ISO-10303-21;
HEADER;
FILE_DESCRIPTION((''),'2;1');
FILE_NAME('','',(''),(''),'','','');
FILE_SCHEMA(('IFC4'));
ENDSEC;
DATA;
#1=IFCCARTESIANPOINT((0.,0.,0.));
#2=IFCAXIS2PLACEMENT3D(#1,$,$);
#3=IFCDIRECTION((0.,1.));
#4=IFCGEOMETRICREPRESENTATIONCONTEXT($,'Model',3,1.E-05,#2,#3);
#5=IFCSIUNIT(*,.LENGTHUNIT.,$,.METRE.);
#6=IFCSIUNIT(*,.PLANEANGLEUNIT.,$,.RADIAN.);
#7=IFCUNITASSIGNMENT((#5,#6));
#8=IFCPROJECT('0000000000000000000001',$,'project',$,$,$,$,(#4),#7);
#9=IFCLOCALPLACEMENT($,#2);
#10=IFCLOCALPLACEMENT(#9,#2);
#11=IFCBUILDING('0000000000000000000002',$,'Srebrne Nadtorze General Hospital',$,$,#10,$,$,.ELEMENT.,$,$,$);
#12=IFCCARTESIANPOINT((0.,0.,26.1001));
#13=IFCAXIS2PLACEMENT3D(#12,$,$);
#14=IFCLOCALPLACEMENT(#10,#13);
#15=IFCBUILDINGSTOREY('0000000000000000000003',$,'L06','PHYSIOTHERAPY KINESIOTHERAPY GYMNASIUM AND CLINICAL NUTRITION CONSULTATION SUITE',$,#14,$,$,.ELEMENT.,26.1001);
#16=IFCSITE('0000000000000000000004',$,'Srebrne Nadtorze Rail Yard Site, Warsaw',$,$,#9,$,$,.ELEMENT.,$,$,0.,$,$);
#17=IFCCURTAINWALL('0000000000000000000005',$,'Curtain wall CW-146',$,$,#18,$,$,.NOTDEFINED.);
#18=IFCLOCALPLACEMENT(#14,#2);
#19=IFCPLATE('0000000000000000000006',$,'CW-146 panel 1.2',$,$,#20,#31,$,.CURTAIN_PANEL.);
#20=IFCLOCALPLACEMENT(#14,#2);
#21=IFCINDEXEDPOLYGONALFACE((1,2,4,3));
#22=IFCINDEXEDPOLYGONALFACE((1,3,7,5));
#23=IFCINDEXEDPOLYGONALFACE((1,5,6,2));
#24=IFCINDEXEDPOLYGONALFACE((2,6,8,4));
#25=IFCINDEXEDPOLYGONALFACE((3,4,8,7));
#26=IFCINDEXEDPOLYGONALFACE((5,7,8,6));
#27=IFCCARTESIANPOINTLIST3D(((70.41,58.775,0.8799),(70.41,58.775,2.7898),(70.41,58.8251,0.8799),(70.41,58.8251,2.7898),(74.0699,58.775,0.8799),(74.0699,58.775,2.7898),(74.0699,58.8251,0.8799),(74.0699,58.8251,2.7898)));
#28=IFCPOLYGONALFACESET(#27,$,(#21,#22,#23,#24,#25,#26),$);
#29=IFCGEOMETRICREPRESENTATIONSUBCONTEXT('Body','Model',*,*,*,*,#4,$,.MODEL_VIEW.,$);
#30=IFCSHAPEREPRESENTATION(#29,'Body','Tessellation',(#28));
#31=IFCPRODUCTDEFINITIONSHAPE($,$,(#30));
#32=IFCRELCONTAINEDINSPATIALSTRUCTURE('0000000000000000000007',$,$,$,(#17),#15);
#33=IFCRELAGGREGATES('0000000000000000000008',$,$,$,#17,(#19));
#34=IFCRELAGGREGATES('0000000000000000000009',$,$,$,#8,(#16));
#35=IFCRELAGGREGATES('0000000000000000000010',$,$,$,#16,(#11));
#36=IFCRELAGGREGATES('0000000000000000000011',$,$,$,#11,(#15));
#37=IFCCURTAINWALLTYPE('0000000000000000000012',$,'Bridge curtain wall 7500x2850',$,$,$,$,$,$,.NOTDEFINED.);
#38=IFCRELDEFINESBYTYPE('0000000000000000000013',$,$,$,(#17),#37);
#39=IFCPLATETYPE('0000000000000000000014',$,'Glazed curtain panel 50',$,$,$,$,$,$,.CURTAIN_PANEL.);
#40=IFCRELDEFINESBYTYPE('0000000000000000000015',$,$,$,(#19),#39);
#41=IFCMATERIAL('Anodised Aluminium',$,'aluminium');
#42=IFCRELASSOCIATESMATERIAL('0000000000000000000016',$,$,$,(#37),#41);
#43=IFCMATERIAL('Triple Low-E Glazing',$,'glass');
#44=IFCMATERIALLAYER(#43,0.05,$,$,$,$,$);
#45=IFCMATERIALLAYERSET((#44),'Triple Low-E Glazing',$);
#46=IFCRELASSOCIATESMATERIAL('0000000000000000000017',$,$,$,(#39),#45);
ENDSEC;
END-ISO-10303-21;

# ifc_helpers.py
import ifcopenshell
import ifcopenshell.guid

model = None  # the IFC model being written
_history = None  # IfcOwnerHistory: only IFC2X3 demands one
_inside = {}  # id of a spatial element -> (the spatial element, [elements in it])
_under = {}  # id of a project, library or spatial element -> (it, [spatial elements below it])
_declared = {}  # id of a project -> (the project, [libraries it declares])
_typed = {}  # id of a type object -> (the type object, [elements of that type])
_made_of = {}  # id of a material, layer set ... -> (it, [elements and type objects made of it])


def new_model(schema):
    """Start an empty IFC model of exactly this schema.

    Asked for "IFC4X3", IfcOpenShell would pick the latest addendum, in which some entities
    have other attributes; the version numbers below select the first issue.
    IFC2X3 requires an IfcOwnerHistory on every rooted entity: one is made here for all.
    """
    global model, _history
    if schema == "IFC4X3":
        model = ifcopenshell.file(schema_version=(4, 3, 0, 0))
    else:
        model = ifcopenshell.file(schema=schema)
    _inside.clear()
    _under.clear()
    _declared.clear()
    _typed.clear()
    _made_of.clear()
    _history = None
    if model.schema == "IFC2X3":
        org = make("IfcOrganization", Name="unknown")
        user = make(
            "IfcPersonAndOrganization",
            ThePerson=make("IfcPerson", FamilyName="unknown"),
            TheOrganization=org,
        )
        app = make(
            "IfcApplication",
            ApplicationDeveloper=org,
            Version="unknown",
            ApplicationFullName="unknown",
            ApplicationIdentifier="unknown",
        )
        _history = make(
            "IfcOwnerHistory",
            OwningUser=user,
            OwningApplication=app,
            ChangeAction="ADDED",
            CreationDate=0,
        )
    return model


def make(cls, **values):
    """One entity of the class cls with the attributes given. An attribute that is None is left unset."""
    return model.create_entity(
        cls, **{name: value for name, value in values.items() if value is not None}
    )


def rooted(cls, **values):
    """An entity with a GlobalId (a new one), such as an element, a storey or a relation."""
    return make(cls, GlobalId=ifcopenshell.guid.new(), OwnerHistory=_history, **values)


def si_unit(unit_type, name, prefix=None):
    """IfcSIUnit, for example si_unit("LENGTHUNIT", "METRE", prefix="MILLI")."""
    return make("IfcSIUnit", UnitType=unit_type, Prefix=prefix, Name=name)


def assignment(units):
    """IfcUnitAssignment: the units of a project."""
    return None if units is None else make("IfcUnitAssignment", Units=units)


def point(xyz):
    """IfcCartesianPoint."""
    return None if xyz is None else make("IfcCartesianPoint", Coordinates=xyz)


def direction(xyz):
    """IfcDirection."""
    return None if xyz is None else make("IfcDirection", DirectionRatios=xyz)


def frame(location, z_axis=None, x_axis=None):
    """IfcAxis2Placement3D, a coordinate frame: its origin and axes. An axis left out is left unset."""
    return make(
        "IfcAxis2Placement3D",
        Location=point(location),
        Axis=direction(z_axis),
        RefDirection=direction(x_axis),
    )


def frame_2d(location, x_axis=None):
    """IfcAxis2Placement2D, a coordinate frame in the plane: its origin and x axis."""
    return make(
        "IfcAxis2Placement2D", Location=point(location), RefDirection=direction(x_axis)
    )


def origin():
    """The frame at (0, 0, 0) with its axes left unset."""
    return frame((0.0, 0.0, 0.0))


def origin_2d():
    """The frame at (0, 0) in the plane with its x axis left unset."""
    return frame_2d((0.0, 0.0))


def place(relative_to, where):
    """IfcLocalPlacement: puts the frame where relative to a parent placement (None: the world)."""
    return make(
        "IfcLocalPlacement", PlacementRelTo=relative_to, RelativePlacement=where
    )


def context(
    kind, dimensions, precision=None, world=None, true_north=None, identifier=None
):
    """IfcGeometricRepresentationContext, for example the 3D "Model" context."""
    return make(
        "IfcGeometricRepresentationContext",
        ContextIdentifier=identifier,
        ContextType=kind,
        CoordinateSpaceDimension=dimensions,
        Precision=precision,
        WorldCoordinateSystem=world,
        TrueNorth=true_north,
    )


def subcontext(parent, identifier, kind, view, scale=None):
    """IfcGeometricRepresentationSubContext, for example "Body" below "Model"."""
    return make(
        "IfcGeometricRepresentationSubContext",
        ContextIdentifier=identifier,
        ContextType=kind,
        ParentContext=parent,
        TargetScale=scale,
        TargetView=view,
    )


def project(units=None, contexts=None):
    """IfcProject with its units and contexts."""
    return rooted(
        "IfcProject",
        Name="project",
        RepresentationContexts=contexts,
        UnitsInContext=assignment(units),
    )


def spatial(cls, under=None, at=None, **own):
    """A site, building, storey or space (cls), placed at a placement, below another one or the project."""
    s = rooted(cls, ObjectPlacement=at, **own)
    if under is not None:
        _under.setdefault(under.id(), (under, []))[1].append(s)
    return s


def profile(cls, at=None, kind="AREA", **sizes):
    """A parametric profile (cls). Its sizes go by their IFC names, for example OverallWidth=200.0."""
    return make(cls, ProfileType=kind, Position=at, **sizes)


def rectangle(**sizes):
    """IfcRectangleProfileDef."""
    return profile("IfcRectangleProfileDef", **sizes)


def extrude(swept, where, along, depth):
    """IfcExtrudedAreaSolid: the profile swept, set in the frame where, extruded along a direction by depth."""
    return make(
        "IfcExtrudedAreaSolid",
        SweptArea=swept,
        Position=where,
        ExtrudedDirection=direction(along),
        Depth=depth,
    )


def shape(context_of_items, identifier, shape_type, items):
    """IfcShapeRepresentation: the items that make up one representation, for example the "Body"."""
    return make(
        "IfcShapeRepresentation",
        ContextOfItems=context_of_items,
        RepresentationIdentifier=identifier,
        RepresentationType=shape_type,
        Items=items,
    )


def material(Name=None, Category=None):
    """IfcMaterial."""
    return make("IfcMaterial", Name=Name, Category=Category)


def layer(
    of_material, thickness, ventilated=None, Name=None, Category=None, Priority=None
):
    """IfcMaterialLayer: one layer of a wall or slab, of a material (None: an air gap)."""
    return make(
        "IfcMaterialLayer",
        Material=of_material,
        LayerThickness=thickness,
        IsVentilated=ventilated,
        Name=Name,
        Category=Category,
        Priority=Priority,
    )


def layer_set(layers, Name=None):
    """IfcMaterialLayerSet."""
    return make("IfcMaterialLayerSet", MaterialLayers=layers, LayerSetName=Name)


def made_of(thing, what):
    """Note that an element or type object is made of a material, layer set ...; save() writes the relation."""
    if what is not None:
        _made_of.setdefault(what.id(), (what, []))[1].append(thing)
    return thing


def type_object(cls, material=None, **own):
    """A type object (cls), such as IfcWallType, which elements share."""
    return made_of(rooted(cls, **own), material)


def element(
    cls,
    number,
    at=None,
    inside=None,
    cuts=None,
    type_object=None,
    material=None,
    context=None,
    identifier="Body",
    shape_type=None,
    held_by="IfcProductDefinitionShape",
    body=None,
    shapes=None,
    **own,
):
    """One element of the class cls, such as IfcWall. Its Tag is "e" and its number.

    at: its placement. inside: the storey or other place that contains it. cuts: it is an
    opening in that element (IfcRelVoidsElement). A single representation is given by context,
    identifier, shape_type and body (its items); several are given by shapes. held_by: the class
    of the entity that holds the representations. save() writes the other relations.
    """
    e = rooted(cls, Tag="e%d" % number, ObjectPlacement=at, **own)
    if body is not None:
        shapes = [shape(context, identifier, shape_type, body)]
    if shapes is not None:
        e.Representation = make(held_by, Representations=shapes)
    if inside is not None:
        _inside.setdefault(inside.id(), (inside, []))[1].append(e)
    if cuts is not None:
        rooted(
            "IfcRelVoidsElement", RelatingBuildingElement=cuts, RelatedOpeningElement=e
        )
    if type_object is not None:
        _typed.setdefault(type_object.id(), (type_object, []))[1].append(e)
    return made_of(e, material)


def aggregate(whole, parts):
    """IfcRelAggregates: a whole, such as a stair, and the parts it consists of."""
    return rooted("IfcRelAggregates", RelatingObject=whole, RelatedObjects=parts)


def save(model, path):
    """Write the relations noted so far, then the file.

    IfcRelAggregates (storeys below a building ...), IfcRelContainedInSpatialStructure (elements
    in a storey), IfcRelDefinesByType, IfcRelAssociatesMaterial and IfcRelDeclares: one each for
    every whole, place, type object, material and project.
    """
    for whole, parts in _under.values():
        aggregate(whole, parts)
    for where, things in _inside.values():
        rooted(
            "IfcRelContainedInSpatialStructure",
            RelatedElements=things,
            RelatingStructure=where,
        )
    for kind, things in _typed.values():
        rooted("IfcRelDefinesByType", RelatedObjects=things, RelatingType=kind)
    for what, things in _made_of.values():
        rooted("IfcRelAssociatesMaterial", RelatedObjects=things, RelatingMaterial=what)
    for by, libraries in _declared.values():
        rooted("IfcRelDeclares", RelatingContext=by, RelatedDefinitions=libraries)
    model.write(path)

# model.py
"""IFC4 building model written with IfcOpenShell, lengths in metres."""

from ifc_helpers import new_model, si_unit, direction, frame, origin, origin_2d, place, context, subcontext, project, spatial, rectangle, extrude, material, layer, layer_set, type_object, element, aggregate, save


model = new_model("IFC4")

# Units and contexts
model_context = context("Model", 3, precision=1e-05, world=origin(), true_north=direction((0.0, 1.0)))
body_context = subcontext(model_context, "Body", "Model", "MODEL_VIEW")
ifc_project = project(units=[si_unit("LENGTHUNIT", "METRE"), si_unit("PLANEANGLEUNIT", "RADIAN")], contexts=[model_context])

# Site, building, storey
site_placement = place(None, origin())
site = spatial("IfcSite", under=ifc_project, at=site_placement, Name="Srebrne Nadtorze Rail Yard Site, Warsaw", CompositionType="ELEMENT", RefElevation=0.0)
building_placement = place(site_placement, origin())
building = spatial("IfcBuilding", under=site, at=building_placement, Name="Srebrne Nadtorze General Hospital", CompositionType="ELEMENT")
storey_placement = place(building_placement, frame((0.0, 0.0, 26.1001)))
storey = spatial("IfcBuildingStorey", under=building, at=storey_placement, Name="L06", Description="PHYSIOTHERAPY KINESIOTHERAPY GYMNASIUM AND CLINICAL NUTRITION CONSULTATION SUITE", CompositionType="ELEMENT", Elevation=26.1001)

# Curtain wall
ifc_material_1 = material(Name="Anodised Aluminium", Category="aluminium")
curtain_wall_type_1 = type_object("IfcCurtainWallType", Name="Bridge curtain wall 7500x2850", PredefinedType="NOTDEFINED", material=ifc_material_1)
curtain_wall_1_placement = place(storey_placement, origin())
curtain_wall_1 = element("IfcCurtainWall", 1, at=curtain_wall_1_placement, inside=storey, type_object=curtain_wall_type_1, Name="Curtain wall CW-146", PredefinedType="NOTDEFINED")

# Plate
ifc_material_2 = material(Name="Triple Low-E Glazing", Category="glass")
ifc_layer = layer(ifc_material_2, 0.05)
ifc_layer_set = layer_set([ifc_layer], Name="Triple Low-E Glazing")
plate_type = type_object("IfcPlateType", Name="Glazed curtain panel 50", PredefinedType="CURTAIN_PANEL", material=ifc_layer_set)
plate_1_placement = place(storey_placement, frame((72.24, 58.8, 0.8799), z_axis=(0.0, 0.0, 1.0), x_axis=(1.0, 0.0, 0.0)))
plate_1 = element("IfcPlate", 2, at=plate_1_placement, type_object=plate_type, Name="CW-146 panel 1.2", PredefinedType="CURTAIN_PANEL", context=body_context, shape_type="SweptSolid", body=[
    extrude(rectangle(XDim=3.6599, YDim=0.05, at=origin_2d()), origin(), (0.0, 0.0, 1.0), 1.9099),
])
aggregate(curtain_wall_1, [plate_1])

save(model, "model.ifc")
